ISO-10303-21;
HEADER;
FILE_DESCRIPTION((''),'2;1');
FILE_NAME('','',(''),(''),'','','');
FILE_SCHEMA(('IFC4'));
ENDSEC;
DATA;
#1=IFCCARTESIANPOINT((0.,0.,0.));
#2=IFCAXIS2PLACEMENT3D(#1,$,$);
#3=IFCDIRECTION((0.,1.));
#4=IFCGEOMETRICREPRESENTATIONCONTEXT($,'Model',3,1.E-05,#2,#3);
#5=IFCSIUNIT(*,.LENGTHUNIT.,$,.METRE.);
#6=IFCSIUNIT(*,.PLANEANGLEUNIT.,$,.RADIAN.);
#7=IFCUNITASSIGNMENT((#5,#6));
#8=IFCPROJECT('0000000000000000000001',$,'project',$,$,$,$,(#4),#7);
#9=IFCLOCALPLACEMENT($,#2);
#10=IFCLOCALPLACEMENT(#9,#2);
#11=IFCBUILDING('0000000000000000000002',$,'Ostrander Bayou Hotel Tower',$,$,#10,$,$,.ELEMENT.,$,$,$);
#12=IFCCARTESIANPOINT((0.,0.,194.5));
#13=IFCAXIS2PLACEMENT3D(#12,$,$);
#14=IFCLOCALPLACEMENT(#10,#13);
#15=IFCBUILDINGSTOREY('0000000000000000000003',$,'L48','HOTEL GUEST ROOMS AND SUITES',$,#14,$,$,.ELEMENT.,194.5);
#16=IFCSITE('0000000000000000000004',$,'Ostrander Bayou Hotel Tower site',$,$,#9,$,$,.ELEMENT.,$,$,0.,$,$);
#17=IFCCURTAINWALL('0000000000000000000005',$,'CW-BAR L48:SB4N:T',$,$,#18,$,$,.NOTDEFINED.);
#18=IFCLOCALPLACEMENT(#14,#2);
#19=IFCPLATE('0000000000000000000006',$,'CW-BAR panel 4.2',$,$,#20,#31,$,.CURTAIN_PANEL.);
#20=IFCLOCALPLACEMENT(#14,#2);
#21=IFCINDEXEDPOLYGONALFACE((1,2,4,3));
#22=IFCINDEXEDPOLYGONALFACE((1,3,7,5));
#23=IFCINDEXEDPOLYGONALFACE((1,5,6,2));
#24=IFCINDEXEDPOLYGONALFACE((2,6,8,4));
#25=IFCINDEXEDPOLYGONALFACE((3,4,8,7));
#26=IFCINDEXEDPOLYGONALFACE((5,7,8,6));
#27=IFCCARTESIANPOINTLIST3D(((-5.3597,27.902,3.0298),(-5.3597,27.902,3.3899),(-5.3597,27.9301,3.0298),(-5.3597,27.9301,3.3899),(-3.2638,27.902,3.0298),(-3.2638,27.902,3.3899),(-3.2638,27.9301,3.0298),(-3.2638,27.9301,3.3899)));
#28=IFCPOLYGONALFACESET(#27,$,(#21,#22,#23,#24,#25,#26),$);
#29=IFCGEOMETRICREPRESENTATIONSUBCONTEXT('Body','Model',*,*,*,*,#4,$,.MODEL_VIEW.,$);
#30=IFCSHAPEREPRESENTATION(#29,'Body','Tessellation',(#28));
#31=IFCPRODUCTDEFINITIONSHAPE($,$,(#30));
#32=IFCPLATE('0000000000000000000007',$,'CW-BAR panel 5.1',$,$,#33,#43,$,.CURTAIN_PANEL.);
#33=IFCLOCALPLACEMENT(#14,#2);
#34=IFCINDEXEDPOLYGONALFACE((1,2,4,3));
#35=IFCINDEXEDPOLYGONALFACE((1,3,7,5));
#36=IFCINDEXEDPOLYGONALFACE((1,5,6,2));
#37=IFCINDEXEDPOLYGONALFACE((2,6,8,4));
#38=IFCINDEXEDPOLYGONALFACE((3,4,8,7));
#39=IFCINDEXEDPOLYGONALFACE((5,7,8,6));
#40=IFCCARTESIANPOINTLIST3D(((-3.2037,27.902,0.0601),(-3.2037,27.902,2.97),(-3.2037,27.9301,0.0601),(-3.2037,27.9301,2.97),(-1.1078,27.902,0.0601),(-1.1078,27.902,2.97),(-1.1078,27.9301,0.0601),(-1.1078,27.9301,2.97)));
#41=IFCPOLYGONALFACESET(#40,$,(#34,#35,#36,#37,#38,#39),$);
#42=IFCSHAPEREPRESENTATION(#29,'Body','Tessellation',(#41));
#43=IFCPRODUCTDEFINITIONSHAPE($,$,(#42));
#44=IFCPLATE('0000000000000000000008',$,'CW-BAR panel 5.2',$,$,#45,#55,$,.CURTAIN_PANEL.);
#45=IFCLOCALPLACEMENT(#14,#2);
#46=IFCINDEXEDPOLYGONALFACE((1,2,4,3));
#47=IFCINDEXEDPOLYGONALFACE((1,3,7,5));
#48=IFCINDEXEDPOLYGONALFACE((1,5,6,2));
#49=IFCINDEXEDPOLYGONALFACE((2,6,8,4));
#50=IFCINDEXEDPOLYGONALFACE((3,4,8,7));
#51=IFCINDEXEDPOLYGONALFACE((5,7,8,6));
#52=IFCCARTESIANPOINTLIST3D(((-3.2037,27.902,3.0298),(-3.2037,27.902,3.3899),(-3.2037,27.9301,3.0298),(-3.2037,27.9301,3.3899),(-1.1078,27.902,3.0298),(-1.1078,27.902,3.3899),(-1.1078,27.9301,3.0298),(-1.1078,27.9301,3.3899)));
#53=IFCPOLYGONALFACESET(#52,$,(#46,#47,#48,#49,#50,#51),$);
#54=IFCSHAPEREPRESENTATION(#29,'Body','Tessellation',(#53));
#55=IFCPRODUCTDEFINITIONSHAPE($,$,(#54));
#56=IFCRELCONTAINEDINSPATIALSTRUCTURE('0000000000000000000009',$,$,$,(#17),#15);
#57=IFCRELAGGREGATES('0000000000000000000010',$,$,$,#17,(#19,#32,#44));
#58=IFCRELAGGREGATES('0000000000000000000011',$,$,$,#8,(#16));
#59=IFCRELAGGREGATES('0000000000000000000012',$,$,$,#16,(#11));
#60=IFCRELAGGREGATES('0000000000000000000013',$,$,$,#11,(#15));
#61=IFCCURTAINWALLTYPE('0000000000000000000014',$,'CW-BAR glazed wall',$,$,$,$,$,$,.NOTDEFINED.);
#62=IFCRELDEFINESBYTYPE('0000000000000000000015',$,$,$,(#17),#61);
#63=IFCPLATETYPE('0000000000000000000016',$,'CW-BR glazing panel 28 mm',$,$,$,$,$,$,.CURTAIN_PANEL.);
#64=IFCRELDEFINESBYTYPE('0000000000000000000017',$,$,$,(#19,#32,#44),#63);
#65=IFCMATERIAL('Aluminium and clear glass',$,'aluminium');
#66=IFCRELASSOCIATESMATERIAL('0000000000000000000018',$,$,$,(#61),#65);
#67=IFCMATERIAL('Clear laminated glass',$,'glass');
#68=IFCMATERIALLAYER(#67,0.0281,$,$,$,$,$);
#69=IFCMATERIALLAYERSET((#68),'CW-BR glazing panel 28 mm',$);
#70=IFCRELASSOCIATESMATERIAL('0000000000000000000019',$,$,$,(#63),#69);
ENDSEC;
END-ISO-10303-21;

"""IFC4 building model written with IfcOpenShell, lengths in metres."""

from ifc_helpers import new_model, si_unit, direction, frame, origin, origin_2d, place, context, subcontext, project, spatial, rectangle, extrude, material, layer, layer_set, type_object, element, aggregate, save


model = new_model("IFC4")

# Units and contexts
model_context = context("Model", 3, precision=1e-05, world=origin(), true_north=direction((0.0, 1.0)))
body_context = subcontext(model_context, "Body", "Model", "MODEL_VIEW")
ifc_project = project(units=[si_unit("LENGTHUNIT", "METRE"), si_unit("PLANEANGLEUNIT", "RADIAN")], contexts=[model_context])

# Site, building, storey
site_placement = place(None, origin())
site = spatial("IfcSite", under=ifc_project, at=site_placement, Name="Ostrander Bayou Hotel Tower site", CompositionType="ELEMENT", RefElevation=0.0)
building_placement = place(site_placement, origin())
building = spatial("IfcBuilding", under=site, at=building_placement, Name="Ostrander Bayou Hotel Tower", CompositionType="ELEMENT")
storey_placement = place(building_placement, frame((0.0, 0.0, 194.5)))
storey = spatial("IfcBuildingStorey", under=building, at=storey_placement, Name="L48", Description="HOTEL GUEST ROOMS AND SUITES", CompositionType="ELEMENT", Elevation=194.5)

# Curtain wall, plates
ifc_material_1 = material(Name="Aluminium and clear glass", Category="aluminium")
curtain_wall_type = type_object("IfcCurtainWallType", Name="CW-BAR glazed wall", PredefinedType="NOTDEFINED", material=ifc_material_1)
curtain_wall_placement = place(storey_placement, origin())
curtain_wall = element("IfcCurtainWall", 1, at=curtain_wall_placement, inside=storey, type_object=curtain_wall_type, Name="CW-BAR L48:SB4N:T", PredefinedType="NOTDEFINED")
ifc_material_2 = material(Name="Clear laminated glass", Category="glass")
ifc_layer = layer(ifc_material_2, 0.0281)
ifc_layer_set = layer_set([ifc_layer], Name="CW-BR glazing panel 28 mm")
plate_type = type_object("IfcPlateType", Name="CW-BR glazing panel 28 mm", PredefinedType="CURTAIN_PANEL", material=ifc_layer_set)
plate_1_placement = place(storey_placement, frame((-4.3118, 27.916, 3.0298), z_axis=(0.0, 0.0, 1.0), x_axis=(1.0, 0.0, 0.0)))
plate_1 = element("IfcPlate", 2, at=plate_1_placement, type_object=plate_type, Name="CW-BAR panel 4.2", PredefinedType="CURTAIN_PANEL", context=body_context, shape_type="SweptSolid", body=[
    extrude(rectangle(XDim=2.0959, YDim=0.0281, at=origin_2d()), origin(), (0.0, 0.0, 1.0), 0.3601),
])
plate_2_placement = place(storey_placement, frame((-2.1558, 27.916, 0.0601), z_axis=(0.0, 0.0, 1.0), x_axis=(1.0, 0.0, 0.0)))
plate_2 = element("IfcPlate", 3, at=plate_2_placement, type_object=plate_type, Name="CW-BAR panel 5.1", PredefinedType="CURTAIN_PANEL", context=body_context, shape_type="SweptSolid", body=[
    extrude(rectangle(XDim=2.0959, YDim=0.0281, at=origin_2d()), origin(), (0.0, 0.0, 1.0), 2.9099),
])
plate_3_placement = place(storey_placement, frame((-2.1558, 27.916, 3.0298), z_axis=(0.0, 0.0, 1.0), x_axis=(1.0, 0.0, 0.0)))
plate_3 = element("IfcPlate", 4, at=plate_3_placement, type_object=plate_type, Name="CW-BAR panel 5.2", PredefinedType="CURTAIN_PANEL", context=body_context, shape_type="SweptSolid", body=[
    extrude(rectangle(XDim=2.0959, YDim=0.0281, at=origin_2d()), origin(), (0.0, 0.0, 1.0), 0.3601),
])
aggregate(curtain_wall, [plate_1, plate_2, plate_3])

save(model, "model.ifc")
